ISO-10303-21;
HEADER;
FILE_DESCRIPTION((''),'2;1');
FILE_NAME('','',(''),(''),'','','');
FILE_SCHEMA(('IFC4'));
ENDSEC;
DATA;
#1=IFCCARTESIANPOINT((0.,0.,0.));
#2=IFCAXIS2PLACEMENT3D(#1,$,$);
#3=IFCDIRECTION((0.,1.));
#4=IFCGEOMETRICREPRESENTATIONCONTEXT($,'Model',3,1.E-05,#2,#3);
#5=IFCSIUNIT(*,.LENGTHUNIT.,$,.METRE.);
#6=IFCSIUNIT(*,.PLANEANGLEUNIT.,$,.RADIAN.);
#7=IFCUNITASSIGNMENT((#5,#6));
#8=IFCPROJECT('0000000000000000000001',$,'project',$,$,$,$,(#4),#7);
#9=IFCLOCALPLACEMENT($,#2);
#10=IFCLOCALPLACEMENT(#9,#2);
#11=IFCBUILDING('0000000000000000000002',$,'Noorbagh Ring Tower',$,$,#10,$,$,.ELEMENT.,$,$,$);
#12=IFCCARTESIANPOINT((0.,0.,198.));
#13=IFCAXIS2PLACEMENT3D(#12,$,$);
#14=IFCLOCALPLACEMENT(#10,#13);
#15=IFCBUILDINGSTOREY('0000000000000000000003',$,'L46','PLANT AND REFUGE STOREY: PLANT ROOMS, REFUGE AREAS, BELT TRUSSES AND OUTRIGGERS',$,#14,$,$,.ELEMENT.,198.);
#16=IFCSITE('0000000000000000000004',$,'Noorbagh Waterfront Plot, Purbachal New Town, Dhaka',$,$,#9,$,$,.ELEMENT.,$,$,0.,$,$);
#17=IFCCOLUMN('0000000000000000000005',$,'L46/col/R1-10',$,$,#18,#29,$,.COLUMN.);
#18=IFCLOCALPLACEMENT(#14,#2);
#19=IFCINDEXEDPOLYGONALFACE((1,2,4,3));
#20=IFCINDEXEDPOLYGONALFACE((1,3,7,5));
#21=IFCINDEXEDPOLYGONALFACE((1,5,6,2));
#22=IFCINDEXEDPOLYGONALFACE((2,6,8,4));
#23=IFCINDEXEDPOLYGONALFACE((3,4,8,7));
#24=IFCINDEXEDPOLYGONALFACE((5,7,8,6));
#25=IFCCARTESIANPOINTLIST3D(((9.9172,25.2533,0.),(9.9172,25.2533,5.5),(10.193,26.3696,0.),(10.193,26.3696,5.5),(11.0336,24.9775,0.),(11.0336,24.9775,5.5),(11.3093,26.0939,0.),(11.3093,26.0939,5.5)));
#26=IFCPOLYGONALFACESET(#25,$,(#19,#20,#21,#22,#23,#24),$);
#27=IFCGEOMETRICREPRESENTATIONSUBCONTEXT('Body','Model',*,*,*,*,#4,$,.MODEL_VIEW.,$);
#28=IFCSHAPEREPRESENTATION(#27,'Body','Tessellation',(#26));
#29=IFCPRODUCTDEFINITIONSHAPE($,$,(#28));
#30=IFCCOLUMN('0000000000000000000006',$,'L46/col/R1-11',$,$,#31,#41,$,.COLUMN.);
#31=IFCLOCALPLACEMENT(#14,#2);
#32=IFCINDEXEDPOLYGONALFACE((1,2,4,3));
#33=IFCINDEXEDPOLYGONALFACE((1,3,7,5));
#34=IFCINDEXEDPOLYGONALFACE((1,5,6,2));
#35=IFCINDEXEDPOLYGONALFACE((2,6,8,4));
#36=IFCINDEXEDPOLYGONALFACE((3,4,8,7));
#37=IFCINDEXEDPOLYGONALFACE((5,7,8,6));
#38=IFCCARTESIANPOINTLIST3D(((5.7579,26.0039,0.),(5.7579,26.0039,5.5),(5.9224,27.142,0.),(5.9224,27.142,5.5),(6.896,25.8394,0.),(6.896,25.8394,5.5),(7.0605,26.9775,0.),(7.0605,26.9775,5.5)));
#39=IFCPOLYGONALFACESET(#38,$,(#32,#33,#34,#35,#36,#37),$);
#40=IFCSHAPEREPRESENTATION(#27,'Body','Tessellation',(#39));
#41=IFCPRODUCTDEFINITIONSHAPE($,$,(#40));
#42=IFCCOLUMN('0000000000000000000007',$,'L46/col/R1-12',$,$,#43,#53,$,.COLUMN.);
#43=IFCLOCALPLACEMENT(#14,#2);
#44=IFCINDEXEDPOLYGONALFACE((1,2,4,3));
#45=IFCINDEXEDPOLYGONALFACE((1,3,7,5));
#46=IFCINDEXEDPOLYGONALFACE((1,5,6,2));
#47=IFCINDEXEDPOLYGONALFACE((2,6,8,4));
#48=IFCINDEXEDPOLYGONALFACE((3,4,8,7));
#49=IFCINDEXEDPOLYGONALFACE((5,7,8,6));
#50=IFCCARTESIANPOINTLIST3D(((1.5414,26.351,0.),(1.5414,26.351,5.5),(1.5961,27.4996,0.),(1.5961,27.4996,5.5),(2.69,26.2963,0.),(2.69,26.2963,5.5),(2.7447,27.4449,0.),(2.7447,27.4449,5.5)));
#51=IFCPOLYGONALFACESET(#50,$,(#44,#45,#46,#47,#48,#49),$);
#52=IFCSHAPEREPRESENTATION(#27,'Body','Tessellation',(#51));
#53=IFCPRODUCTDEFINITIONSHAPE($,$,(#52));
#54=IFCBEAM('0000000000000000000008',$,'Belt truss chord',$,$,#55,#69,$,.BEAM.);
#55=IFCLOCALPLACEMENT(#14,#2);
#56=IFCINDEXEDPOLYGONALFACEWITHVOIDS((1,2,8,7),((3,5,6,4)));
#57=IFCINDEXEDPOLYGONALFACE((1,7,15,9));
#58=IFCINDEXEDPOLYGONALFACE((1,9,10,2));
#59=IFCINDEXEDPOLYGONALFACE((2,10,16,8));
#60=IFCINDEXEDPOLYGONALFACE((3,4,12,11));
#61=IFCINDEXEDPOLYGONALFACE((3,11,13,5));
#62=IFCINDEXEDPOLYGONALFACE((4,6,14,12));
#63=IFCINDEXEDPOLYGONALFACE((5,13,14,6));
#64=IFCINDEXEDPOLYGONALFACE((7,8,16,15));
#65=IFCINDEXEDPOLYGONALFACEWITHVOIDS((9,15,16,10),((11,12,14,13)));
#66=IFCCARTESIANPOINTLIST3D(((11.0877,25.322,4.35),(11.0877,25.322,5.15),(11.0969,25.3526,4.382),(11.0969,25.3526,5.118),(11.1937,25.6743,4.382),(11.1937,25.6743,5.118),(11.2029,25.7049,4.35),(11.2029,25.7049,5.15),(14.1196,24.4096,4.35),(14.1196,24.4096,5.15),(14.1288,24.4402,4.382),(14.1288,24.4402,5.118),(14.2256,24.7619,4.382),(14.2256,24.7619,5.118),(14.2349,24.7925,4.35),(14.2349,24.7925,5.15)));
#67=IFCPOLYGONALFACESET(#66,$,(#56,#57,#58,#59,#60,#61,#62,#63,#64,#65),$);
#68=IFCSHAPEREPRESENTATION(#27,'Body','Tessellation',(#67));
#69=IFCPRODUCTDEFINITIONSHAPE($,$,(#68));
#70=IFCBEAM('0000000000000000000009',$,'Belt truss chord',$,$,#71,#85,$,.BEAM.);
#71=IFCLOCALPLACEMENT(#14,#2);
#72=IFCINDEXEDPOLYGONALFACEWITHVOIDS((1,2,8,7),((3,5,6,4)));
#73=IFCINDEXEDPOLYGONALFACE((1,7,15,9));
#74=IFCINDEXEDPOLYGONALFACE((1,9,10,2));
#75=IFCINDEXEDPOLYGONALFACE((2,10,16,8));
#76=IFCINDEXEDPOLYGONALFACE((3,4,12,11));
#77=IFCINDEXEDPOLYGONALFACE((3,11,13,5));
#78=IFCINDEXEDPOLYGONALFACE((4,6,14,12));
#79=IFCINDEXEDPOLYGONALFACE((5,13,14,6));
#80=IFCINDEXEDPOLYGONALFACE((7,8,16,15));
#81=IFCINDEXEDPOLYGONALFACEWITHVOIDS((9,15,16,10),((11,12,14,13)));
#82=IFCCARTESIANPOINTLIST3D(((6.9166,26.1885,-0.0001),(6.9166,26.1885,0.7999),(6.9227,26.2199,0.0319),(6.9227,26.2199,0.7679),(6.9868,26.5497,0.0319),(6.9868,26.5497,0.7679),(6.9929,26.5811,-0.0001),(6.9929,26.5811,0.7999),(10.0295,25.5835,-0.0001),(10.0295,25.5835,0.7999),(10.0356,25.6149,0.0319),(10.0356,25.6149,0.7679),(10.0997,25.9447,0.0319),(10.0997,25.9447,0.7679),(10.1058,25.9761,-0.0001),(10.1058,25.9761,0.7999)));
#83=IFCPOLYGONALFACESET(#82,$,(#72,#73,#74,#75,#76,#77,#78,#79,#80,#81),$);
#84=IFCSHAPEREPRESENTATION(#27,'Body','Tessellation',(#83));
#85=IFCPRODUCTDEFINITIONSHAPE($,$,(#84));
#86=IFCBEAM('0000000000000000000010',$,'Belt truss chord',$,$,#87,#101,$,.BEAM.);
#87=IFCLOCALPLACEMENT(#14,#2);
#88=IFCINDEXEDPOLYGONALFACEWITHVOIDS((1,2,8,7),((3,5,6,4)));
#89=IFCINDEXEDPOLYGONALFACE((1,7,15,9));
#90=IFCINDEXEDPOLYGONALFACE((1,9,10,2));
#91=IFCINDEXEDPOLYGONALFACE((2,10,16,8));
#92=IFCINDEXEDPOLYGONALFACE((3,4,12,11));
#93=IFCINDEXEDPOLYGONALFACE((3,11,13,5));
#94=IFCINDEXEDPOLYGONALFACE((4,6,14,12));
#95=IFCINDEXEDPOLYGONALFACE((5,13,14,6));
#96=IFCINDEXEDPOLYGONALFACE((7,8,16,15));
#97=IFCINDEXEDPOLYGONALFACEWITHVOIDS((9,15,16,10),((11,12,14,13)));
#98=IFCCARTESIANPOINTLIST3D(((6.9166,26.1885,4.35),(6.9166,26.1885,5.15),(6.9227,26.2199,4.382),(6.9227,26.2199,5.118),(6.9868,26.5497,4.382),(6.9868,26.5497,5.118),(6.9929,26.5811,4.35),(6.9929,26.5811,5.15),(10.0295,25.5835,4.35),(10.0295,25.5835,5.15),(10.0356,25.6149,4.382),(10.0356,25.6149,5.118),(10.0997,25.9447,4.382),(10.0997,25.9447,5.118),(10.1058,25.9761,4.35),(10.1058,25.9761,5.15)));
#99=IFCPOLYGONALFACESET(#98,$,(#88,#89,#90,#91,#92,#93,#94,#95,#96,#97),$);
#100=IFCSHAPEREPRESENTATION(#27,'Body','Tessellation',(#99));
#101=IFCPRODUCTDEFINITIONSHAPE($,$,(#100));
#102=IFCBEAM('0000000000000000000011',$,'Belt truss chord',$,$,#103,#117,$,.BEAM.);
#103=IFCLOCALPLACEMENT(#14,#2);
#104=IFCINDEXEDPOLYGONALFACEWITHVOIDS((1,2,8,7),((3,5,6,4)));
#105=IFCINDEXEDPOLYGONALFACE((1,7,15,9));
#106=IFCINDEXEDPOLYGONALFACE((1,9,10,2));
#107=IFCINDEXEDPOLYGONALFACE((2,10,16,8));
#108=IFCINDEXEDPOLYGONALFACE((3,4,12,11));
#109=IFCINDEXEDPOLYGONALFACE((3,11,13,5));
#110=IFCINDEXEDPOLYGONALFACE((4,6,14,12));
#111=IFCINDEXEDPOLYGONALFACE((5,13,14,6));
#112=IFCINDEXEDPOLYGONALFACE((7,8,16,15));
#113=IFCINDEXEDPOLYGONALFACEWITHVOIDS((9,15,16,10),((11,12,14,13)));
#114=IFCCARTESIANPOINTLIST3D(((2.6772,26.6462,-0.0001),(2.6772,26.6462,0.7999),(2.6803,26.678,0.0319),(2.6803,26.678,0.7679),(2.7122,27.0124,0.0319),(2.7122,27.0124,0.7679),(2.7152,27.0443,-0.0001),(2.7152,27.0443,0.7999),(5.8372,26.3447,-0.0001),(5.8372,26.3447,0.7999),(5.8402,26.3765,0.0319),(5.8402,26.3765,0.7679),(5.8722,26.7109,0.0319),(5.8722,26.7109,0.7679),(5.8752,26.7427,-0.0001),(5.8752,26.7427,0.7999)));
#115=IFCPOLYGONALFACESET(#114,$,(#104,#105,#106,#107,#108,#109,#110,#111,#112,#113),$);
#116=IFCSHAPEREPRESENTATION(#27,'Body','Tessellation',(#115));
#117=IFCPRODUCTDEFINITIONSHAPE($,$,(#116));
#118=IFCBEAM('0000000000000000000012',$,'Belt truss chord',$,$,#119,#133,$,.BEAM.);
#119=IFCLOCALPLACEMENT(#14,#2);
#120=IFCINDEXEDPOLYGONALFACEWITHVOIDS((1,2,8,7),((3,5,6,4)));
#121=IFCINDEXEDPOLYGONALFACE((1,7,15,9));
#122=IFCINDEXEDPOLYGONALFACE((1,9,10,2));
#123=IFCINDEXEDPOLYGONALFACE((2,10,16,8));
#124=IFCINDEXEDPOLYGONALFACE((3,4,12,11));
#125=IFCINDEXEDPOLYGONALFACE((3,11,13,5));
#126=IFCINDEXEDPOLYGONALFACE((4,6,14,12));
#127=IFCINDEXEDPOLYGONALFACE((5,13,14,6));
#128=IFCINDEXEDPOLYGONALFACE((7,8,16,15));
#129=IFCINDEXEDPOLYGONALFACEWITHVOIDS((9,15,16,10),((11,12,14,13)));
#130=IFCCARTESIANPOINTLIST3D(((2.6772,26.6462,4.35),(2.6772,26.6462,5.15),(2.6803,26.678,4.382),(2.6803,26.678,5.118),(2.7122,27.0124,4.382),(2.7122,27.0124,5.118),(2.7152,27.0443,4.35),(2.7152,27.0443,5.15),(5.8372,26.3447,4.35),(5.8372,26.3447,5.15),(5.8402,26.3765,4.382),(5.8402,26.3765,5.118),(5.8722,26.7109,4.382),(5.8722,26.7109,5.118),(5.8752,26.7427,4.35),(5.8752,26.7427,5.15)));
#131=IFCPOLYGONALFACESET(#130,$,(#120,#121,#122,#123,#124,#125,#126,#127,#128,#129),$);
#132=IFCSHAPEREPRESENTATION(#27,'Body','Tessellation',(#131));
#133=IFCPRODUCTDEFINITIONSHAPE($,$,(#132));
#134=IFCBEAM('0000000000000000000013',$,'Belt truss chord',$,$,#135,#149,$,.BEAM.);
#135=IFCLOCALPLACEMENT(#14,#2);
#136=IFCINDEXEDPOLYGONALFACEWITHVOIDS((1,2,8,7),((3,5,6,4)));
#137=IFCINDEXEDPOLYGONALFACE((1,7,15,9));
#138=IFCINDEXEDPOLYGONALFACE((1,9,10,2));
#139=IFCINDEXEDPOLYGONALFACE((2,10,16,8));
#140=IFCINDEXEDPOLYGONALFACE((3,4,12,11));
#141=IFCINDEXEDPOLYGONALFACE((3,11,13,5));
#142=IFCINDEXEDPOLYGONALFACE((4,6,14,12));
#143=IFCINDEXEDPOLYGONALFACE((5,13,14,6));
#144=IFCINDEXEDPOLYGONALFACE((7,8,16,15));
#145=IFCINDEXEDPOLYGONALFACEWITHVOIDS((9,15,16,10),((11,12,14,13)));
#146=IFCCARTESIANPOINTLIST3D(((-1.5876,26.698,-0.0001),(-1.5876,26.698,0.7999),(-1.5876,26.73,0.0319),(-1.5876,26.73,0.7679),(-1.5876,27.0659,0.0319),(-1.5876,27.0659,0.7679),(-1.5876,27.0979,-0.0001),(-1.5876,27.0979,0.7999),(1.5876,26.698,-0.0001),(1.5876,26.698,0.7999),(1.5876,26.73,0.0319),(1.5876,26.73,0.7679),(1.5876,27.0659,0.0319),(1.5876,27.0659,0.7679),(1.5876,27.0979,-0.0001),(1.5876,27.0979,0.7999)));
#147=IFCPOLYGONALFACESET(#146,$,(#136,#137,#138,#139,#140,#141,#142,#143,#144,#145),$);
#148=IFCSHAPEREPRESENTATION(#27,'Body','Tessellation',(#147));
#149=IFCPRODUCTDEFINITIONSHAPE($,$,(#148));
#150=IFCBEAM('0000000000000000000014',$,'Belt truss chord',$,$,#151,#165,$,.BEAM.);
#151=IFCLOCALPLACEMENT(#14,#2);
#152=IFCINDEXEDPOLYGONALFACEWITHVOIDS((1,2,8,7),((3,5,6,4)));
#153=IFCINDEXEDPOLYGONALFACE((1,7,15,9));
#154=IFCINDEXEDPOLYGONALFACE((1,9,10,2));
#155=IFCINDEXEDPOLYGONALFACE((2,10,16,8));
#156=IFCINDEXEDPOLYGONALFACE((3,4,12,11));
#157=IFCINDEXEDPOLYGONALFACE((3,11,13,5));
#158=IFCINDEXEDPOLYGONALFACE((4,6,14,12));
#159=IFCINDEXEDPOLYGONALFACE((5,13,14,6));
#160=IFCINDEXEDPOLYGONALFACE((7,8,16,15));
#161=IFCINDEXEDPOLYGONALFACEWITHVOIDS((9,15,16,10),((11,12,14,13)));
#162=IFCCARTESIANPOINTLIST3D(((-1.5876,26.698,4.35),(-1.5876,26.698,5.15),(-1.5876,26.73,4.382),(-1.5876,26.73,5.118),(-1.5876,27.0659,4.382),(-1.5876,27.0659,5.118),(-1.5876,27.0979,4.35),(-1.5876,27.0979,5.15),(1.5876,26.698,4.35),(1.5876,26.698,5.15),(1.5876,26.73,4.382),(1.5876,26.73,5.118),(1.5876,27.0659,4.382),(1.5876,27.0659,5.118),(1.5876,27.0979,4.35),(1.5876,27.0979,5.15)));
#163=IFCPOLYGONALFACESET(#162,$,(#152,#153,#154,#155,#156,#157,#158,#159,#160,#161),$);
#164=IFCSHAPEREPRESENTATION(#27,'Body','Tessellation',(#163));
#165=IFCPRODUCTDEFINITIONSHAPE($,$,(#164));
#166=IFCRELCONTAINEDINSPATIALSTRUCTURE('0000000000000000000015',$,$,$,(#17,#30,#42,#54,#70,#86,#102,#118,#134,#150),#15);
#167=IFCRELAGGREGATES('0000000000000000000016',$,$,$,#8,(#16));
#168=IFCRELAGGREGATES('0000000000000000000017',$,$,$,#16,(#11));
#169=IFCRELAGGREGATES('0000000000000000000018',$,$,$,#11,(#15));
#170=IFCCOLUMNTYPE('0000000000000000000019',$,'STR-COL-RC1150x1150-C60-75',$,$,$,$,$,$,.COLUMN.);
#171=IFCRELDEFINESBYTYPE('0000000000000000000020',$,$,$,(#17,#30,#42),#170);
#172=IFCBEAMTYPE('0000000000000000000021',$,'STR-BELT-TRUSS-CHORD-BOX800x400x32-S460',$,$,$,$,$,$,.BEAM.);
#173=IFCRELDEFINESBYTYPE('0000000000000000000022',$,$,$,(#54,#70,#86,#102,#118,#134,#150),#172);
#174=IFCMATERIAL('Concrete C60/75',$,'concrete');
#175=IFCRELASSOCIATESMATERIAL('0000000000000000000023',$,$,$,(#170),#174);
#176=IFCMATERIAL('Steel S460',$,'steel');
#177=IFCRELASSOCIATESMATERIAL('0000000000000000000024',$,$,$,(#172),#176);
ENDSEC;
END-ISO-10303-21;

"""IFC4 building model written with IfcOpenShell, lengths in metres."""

from ifc_helpers import new_model, si_unit, direction, frame, origin, origin_2d, place, context, subcontext, project, spatial, rectangle, hollow_rectangle, extrude, material, material_profile, profile_set, type_object, element, save


model = new_model("IFC4")

# Units and contexts
model_context = context("Model", 3, precision=1e-05, world=origin(), true_north=direction((0.0, 1.0)))
body_context = subcontext(model_context, "Body", "Model", "MODEL_VIEW")
ifc_project = project(units=[si_unit("LENGTHUNIT", "METRE"), si_unit("PLANEANGLEUNIT", "RADIAN")], contexts=[model_context])

# Site, building, storey
site_placement = place(None, origin())
site = spatial("IfcSite", under=ifc_project, at=site_placement, Name="Noorbagh Waterfront Plot, Purbachal New Town, Dhaka", CompositionType="ELEMENT", RefElevation=0.0)
building_placement = place(site_placement, origin())
building = spatial("IfcBuilding", under=site, at=building_placement, Name="Noorbagh Ring Tower", CompositionType="ELEMENT")
storey_placement = place(building_placement, frame((0.0, 0.0, 198.0)))
storey = spatial("IfcBuildingStorey", under=building, at=storey_placement, Name="L46", Description="PLANT AND REFUGE STOREY: PLANT ROOMS, REFUGE AREAS, BELT TRUSSES AND OUTRIGGERS", CompositionType="ELEMENT", Elevation=198.0)

# Columns
ifc_material_1 = material(Name="Concrete C60/75", Category="concrete")
ifc_material_profile_1 = material_profile(ifc_material_1, rectangle(XDim=1.1499, YDim=1.1499, at=origin_2d()), Name="RC1150x1150")
ifc_profile_set_1 = profile_set([ifc_material_profile_1], Name="Concrete C60/75")
column_type = type_object("IfcColumnType", Name="STR-COL-RC1150x1150-C60-75", PredefinedType="COLUMN", material=ifc_profile_set_1)
for number, where, z_axis, x_axis, name in (
    (1, (10.6133, 25.6736, 0.0), (0.0, 0.0, 1.0), (-0.970829, 0.239771, 0.0), "L46/col/R1-10"),
    (2, (6.4092, 26.4907, 0.0), (0.0, 0.0, 1.0), (-0.989713, 0.143066, 0.0), "L46/col/R1-11"),
    (3, (2.1431, 26.8979, 0.0), (0.0, 0.0, 1.0), (-0.998869, 0.047553, 0.0), "L46/col/R1-12"),
):
    element("IfcColumn", number, at=place(storey_placement, frame(where, z_axis=z_axis, x_axis=x_axis)), inside=storey, type_object=column_type, Name=name, PredefinedType="COLUMN", context=body_context, shape_type="SweptSolid", body=[
        extrude(rectangle(XDim=1.1499, YDim=1.1499, at=origin_2d()), origin(), (0.0, 0.0, 1.0), 5.5),
    ])

# Beams
ifc_material_2 = material(Name="Steel S460", Category="steel")
ifc_material_profile_2 = material_profile(ifc_material_2, hollow_rectangle(XDim=0.3999, YDim=0.8, WallThickness=0.032, at=origin_2d()), Name="BOX800x400x32")
ifc_profile_set_2 = profile_set([ifc_material_profile_2], Name="Steel S460")
beam_type_1 = type_object("IfcBeamType", Name="STR-BELT-TRUSS-CHORD-BOX800x400x32-S460", PredefinedType="BEAM", material=ifc_profile_set_2)
beam_1_placement = place(storey_placement, frame((14.1772, 24.6011, 4.75), z_axis=(-0.957586, 0.288147, 0.0), x_axis=(-0.288147, -0.957586, 0.0)))
element("IfcBeam", 4, at=beam_1_placement, inside=storey, type_object=beam_type_1, Name="Belt truss chord", PredefinedType="BEAM", context=body_context, shape_type="SweptSolid", body=[
    extrude(hollow_rectangle(XDim=0.3999, YDim=0.8, WallThickness=0.032, at=origin_2d()), origin(), (0.0, 0.0, 1.0), 3.1663),
])
for number, where, z_axis, x_axis, name in (
    (5, (10.0676, 25.7798, 0.3999), (-0.981632, 0.190783, 0.0), (-0.190783, -0.981632, 0.0), "Belt truss chord"),
    (6, (10.0676, 25.7798, 4.75), (-0.981632, 0.190783, 0.0), (-0.190783, -0.981632, 0.0), "Belt truss chord"),
):
    element("IfcBeam", number, at=place(storey_placement, frame(where, z_axis=z_axis, x_axis=x_axis)), inside=storey, type_object=beam_type_1, Name=name, PredefinedType="BEAM", context=body_context, shape_type="SweptSolid", body=[
        extrude(hollow_rectangle(XDim=0.3999, YDim=0.8, WallThickness=0.032, at=origin_2d()), origin(), (0.0, 0.0, 1.0), 3.1711),
    ])
for number, where, z_axis, x_axis, name in (
    (7, (5.8562, 26.5437, 0.3999), (-0.995479, 0.094987, 0.0), (-0.094987, -0.995479, 0.0), "Belt truss chord"),
    (8, (5.8562, 26.5437, 4.75), (-0.995479, 0.094987, 0.0), (-0.094987, -0.995479, 0.0), "Belt truss chord"),
):
    element("IfcBeam", number, at=place(storey_placement, frame(where, z_axis=z_axis, x_axis=x_axis)), inside=storey, type_object=beam_type_1, Name=name, PredefinedType="BEAM", context=body_context, shape_type="SweptSolid", body=[
        extrude(hollow_rectangle(XDim=0.3999, YDim=0.8, WallThickness=0.032, at=origin_2d()), origin(), (0.0, 0.0, 1.0), 3.1743),
    ])
for number, where, z_axis, x_axis, name in (
    (9, (1.5876, 26.8979, 0.3999), (-1.0, 0.0, 0.0), (0.0, -1.0, 0.0), "Belt truss chord"),
    (10, (1.5876, 26.8979, 4.75), (-1.0, 0.0, 0.0), (0.0, -1.0, 0.0), "Belt truss chord"),
):
    element("IfcBeam", number, at=place(storey_placement, frame(where, z_axis=z_axis, x_axis=x_axis)), inside=storey, type_object=beam_type_1, Name=name, PredefinedType="BEAM", context=body_context, shape_type="SweptSolid", body=[
        extrude(hollow_rectangle(XDim=0.3999, YDim=0.8, WallThickness=0.032, at=origin_2d()), origin(), (0.0, 0.0, 1.0), 3.1753),
    ])

save(model, "model.ifc")
